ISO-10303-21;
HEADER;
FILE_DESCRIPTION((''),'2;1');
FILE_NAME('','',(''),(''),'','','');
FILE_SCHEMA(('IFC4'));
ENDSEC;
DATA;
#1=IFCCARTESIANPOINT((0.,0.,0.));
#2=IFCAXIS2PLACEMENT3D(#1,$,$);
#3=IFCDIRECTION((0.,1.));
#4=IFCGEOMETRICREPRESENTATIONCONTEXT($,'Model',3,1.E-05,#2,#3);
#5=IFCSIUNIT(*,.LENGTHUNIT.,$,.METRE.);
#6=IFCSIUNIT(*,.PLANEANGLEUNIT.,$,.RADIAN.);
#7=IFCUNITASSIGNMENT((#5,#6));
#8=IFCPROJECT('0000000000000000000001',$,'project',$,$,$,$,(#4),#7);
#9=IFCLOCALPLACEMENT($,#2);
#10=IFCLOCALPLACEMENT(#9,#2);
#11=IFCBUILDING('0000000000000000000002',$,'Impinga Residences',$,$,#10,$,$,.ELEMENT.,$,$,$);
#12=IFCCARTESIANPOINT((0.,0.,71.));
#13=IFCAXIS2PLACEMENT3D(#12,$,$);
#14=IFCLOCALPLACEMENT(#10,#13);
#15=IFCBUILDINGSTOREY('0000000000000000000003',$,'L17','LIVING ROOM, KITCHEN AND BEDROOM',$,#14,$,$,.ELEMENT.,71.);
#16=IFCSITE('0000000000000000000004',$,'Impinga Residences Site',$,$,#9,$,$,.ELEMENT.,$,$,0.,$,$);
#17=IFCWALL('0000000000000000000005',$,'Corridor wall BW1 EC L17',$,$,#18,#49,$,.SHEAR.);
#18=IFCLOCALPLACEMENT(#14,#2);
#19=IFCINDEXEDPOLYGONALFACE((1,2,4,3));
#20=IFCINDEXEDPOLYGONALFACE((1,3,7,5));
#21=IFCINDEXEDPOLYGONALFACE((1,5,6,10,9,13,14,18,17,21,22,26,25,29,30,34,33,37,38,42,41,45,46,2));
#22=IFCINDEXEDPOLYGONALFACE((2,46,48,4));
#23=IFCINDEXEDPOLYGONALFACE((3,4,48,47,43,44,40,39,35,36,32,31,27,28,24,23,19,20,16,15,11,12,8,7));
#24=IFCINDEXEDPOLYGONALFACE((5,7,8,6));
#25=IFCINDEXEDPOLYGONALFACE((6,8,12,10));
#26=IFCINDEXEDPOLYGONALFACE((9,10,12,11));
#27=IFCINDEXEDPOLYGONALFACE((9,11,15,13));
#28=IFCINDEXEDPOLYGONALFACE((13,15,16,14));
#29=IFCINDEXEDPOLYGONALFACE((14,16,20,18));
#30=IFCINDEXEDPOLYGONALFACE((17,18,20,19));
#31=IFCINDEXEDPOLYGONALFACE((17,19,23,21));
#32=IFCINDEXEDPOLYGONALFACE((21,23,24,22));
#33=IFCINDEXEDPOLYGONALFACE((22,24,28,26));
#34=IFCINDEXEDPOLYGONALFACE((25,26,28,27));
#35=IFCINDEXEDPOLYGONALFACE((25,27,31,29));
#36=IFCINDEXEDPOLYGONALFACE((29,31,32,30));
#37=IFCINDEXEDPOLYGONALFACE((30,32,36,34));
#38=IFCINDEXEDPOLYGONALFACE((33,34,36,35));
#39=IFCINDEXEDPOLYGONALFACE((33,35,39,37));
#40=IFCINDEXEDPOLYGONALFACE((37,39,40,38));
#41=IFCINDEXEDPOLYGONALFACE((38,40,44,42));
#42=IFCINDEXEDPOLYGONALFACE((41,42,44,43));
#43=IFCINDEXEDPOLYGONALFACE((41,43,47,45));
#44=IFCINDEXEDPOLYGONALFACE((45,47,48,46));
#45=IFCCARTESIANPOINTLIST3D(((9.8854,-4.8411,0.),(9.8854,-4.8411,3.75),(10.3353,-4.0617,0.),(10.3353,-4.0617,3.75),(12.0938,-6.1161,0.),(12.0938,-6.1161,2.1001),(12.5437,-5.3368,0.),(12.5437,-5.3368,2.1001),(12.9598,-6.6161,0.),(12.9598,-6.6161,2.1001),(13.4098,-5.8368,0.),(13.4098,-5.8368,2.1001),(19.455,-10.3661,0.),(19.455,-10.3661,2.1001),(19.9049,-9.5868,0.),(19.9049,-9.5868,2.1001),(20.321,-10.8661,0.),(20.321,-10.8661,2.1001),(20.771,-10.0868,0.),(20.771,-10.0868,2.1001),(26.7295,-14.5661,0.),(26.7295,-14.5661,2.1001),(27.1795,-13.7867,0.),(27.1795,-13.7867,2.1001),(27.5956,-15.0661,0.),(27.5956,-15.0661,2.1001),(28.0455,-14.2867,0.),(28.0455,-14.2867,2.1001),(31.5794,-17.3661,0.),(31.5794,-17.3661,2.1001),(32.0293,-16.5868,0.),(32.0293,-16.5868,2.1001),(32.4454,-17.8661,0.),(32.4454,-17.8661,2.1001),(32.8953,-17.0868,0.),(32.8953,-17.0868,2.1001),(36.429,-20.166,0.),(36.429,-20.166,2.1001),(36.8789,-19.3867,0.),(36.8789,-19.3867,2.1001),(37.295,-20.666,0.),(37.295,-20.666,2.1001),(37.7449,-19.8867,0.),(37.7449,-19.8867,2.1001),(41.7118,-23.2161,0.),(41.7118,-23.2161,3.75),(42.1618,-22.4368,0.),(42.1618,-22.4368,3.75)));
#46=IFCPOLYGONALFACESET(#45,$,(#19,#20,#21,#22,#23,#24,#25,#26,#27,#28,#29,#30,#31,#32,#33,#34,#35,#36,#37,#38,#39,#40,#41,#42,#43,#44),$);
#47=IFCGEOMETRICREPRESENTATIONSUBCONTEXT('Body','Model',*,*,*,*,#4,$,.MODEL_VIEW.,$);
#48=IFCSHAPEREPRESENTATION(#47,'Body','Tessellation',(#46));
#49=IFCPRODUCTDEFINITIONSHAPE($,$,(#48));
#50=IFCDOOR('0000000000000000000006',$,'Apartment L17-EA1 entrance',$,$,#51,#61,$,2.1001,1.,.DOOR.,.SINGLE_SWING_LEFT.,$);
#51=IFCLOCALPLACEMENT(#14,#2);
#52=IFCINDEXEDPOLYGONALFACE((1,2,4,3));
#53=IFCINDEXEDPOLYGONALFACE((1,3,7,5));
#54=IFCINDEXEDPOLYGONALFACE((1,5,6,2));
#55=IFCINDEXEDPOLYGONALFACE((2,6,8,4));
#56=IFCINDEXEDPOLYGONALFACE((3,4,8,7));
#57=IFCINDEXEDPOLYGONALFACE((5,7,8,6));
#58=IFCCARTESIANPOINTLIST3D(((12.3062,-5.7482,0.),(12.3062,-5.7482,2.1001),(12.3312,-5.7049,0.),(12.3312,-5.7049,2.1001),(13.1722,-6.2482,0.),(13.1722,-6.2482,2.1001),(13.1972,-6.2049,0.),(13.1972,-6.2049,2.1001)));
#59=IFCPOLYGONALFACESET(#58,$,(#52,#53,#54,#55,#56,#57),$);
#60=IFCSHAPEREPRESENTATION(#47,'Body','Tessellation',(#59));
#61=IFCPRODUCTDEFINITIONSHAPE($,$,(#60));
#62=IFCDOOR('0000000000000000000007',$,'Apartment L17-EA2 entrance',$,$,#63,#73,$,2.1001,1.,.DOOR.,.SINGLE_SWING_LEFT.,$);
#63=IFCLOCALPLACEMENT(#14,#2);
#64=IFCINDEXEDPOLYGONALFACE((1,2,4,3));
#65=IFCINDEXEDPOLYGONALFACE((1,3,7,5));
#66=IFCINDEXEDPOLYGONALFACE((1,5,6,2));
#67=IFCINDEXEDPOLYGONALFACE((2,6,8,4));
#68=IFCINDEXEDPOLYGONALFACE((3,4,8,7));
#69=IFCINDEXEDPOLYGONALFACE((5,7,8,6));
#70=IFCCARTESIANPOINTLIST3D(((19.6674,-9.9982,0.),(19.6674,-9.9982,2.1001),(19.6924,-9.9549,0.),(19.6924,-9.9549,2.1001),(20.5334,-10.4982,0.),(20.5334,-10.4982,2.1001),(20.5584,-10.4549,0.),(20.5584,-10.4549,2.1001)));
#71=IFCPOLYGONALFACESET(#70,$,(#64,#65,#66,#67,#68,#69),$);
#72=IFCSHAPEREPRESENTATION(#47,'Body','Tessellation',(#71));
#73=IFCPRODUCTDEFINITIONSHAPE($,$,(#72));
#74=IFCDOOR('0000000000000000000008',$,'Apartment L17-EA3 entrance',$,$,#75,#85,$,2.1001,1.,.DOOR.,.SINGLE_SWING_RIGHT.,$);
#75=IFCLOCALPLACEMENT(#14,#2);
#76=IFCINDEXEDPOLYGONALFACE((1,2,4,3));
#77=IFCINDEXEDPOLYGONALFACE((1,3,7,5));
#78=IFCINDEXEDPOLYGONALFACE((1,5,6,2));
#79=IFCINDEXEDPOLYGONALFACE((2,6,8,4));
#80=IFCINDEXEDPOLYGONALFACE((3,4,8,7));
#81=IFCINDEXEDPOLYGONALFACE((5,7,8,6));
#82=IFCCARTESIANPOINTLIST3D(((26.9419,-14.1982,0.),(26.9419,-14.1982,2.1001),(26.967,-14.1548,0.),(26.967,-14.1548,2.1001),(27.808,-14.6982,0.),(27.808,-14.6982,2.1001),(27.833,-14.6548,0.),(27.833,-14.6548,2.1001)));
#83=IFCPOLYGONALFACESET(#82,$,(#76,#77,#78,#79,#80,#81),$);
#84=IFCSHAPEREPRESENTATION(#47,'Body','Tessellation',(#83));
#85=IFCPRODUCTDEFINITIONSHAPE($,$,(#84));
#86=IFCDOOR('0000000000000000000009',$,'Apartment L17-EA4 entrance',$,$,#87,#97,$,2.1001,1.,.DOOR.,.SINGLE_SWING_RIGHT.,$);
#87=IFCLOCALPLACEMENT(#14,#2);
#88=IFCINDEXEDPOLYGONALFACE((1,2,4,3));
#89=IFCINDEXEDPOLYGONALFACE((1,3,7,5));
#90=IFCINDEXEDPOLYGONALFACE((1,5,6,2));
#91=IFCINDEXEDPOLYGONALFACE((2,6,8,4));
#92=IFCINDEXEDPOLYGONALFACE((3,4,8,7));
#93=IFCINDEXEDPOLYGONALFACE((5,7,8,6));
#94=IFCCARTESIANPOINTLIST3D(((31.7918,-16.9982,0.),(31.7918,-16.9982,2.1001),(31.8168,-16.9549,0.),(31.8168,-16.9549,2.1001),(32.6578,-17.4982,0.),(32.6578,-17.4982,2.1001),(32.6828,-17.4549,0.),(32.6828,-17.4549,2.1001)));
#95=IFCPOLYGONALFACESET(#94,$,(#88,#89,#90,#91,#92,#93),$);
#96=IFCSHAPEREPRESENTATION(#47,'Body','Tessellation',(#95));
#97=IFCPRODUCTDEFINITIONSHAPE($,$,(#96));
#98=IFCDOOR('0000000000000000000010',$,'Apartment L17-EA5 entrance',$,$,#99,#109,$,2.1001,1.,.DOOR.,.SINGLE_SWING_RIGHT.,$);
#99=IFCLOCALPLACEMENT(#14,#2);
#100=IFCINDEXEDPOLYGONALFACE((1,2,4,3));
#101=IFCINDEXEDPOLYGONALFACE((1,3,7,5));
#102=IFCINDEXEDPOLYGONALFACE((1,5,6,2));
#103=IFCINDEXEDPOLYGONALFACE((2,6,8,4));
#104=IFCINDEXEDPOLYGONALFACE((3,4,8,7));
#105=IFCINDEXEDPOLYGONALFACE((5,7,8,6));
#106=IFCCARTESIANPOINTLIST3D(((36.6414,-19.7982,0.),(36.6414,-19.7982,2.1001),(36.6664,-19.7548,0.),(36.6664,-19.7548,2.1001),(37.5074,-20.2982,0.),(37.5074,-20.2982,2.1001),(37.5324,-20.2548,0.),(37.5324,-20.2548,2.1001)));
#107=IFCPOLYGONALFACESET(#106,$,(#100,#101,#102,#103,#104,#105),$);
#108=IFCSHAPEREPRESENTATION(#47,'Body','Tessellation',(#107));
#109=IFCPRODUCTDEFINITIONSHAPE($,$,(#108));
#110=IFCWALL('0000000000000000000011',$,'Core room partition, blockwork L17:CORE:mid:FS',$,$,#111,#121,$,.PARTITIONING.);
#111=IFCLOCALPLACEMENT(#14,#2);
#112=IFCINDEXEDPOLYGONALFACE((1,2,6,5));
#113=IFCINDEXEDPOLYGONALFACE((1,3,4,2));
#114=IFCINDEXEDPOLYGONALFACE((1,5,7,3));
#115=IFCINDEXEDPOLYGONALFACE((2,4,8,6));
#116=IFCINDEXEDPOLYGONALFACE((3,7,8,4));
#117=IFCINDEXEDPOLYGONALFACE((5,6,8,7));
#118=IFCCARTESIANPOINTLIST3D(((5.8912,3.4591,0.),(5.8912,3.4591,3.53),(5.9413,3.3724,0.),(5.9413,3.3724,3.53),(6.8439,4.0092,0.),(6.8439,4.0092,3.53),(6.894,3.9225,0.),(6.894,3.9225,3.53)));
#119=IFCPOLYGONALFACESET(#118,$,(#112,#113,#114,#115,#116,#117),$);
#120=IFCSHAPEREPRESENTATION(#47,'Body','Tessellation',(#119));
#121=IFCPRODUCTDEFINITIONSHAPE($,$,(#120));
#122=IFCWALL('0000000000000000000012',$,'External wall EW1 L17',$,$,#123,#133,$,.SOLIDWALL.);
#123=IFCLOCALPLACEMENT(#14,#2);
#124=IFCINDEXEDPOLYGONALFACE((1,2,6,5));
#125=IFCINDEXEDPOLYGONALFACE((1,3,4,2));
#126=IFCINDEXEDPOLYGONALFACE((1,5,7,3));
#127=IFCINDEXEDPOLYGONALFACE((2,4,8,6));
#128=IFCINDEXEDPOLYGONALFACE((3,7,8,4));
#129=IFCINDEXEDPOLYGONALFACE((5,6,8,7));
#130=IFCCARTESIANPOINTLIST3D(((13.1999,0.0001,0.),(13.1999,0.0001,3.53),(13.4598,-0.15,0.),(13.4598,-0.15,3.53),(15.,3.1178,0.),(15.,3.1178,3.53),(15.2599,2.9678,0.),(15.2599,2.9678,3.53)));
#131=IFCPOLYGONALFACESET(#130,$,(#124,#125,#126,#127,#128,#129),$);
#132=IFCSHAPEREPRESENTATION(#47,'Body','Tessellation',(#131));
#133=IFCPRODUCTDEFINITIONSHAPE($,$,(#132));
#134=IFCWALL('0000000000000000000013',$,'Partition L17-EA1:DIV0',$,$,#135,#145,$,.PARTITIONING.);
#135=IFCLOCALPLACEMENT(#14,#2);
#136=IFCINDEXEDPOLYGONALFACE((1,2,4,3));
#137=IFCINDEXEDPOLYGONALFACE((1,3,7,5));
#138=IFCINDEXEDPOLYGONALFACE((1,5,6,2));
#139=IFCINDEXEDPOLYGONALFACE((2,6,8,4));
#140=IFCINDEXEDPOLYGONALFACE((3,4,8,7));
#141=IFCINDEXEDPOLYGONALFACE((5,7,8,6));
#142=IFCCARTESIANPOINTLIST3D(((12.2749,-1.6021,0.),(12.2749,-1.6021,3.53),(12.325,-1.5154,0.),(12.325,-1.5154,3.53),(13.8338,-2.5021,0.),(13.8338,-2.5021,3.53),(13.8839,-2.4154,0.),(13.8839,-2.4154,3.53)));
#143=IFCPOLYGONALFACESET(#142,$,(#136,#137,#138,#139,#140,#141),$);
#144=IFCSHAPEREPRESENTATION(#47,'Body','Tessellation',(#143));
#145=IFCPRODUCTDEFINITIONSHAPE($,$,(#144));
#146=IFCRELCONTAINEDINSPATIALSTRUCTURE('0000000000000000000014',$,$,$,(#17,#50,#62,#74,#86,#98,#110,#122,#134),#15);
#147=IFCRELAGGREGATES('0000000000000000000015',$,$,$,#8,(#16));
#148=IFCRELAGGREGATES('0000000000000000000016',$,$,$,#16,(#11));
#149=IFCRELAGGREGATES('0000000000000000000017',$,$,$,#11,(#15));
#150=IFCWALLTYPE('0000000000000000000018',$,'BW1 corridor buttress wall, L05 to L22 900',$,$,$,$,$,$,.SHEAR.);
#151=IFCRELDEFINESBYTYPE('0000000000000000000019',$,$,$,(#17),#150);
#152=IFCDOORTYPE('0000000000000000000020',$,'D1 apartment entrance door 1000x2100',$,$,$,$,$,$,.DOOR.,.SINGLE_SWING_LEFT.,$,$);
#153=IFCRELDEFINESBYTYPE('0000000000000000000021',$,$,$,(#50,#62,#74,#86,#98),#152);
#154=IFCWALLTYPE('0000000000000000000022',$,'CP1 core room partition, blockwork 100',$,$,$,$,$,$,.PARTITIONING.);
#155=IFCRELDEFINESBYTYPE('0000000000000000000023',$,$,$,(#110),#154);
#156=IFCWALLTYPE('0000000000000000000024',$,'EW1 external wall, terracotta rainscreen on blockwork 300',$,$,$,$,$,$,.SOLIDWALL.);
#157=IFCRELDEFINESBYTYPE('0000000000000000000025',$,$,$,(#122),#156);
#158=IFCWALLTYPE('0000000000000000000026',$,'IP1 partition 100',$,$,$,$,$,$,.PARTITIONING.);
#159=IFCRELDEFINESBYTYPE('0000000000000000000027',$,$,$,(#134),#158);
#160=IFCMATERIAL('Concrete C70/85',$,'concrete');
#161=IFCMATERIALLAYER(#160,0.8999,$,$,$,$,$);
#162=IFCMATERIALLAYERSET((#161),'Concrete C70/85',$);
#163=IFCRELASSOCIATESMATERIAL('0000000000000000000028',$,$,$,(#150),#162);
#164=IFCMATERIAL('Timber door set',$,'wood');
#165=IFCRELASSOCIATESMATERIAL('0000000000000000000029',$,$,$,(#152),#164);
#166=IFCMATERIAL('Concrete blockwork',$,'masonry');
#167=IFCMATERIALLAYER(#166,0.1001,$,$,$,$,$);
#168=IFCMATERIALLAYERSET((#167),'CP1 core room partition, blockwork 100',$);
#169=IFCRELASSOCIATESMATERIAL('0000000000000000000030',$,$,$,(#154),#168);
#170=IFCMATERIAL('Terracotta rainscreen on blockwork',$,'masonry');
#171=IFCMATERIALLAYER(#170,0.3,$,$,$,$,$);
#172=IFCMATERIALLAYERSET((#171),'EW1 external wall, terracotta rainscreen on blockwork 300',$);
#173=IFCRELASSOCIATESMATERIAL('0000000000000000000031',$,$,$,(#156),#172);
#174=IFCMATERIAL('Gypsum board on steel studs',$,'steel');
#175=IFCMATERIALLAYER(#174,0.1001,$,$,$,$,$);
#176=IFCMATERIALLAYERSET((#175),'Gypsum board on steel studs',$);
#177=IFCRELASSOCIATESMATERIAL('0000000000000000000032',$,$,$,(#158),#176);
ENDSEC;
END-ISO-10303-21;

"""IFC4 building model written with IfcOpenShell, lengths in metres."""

from ifc_helpers import new_model, si_unit, direction, frame, frame_2d, origin, place, context, subcontext, project, spatial, rectangle, extrude, material, layer, layer_set, type_object, element, fill, save


model = new_model("IFC4")

# Units and contexts
model_context = context("Model", 3, precision=1e-05, world=origin(), true_north=direction((0.0, 1.0)))
body_context = subcontext(model_context, "Body", "Model", "MODEL_VIEW")
ifc_project = project(units=[si_unit("LENGTHUNIT", "METRE"), si_unit("PLANEANGLEUNIT", "RADIAN")], contexts=[model_context])

# Site, building, storey
site_placement = place(None, origin())
site = spatial("IfcSite", under=ifc_project, at=site_placement, Name="Impinga Residences Site", CompositionType="ELEMENT", RefElevation=0.0)
building_placement = place(site_placement, origin())
building = spatial("IfcBuilding", under=site, at=building_placement, Name="Impinga Residences", CompositionType="ELEMENT")
storey_placement = place(building_placement, frame((0.0, 0.0, 71.0)))
storey = spatial("IfcBuildingStorey", under=building, at=storey_placement, Name="L17", Description="LIVING ROOM, KITCHEN AND BEDROOM", CompositionType="ELEMENT", Elevation=71.0)

# Wall, openings, doors
ifc_material_1 = material(Name="Concrete C70/85", Category="concrete")
ifc_layer_1 = layer(ifc_material_1, 0.8999)
ifc_layer_set_1 = layer_set([ifc_layer_1], Name="Concrete C70/85")
wall_type_1 = type_object("IfcWallType", Name="BW1 corridor buttress wall, L05 to L22 900", PredefinedType="SHEAR", material=ifc_layer_set_1)
wall_1_placement = place(storey_placement, frame((10.1104, -4.4514, 0.0), z_axis=(0.0, 0.0, 1.0), x_axis=(0.866025, -0.5, 0.0)))
wall_1 = element("IfcWall", 1, at=wall_1_placement, inside=storey, type_object=wall_type_1, Name="Corridor wall BW1 EC L17", PredefinedType="SHEAR", context=body_context, shape_type="SweptSolid", body=[
    extrude(rectangle(XDim=36.75, YDim=0.8999, at=frame_2d((18.375, 0.0))), origin(), (0.0, 0.0, 1.0), 3.75),
])
opening_1_placement = place(wall_1_placement, frame((2.55, 0.0, 0.0)))
opening_1 = element("IfcOpeningElement", 2, at=opening_1_placement, cuts=wall_1, PredefinedType="OPENING", context=body_context, shape_type="SweptSolid", body=[
    extrude(rectangle(XDim=1.0, YDim=2.1001, at=frame_2d((0.5, 1.05))), frame((0.0, 0.46, 0.0), z_axis=(0.0, -1.0, 0.0), x_axis=(1.0, 0.0, 0.0)), (0.0, 0.0, 1.0), 0.9199),
])
opening_2_placement = place(wall_1_placement, frame((11.05, 0.0, 0.0)))
opening_2 = element("IfcOpeningElement", 3, at=opening_2_placement, cuts=wall_1, PredefinedType="OPENING", context=body_context, shape_type="SweptSolid", body=[
    extrude(rectangle(XDim=1.0, YDim=2.1001, at=frame_2d((0.5, 1.05))), frame((0.0, 0.46, 0.0), z_axis=(0.0, -1.0, 0.0), x_axis=(1.0, 0.0, 0.0)), (0.0, 0.0, 1.0), 0.9199),
])
opening_3_placement = place(wall_1_placement, frame((19.45, 0.0, 0.0)))
opening_3 = element("IfcOpeningElement", 4, at=opening_3_placement, cuts=wall_1, PredefinedType="OPENING", context=body_context, shape_type="SweptSolid", body=[
    extrude(rectangle(XDim=1.0, YDim=2.1001, at=frame_2d((0.5, 1.05))), frame((0.0, 0.46, 0.0), z_axis=(0.0, -1.0, 0.0), x_axis=(1.0, 0.0, 0.0)), (0.0, 0.0, 1.0), 0.9199),
])
opening_4_placement = place(wall_1_placement, frame((25.05, 0.0, 0.0)))
opening_4 = element("IfcOpeningElement", 5, at=opening_4_placement, cuts=wall_1, PredefinedType="OPENING", context=body_context, shape_type="SweptSolid", body=[
    extrude(rectangle(XDim=1.0, YDim=2.1001, at=frame_2d((0.5, 1.05))), frame((0.0, 0.46, 0.0), z_axis=(0.0, -1.0, 0.0), x_axis=(1.0, 0.0, 0.0)), (0.0, 0.0, 1.0), 0.9199),
])
opening_5_placement = place(wall_1_placement, frame((30.6499, 0.0, 0.0)))
opening_5 = element("IfcOpeningElement", 6, at=opening_5_placement, cuts=wall_1, PredefinedType="OPENING", context=body_context, shape_type="SweptSolid", body=[
    extrude(rectangle(XDim=1.0, YDim=2.1001, at=frame_2d((0.5, 1.05))), frame((0.0, 0.46, 0.0), z_axis=(0.0, -1.0, 0.0), x_axis=(1.0, 0.0, 0.0)), (0.0, 0.0, 1.0), 0.9199),
])
ifc_material_2 = material(Name="Timber door set", Category="wood")
door_type_1 = type_object("IfcDoorType", Name="D1 apartment entrance door 1000x2100", OperationType="SINGLE_SWING_LEFT", PredefinedType="DOOR", material=ifc_material_2)
door_1_placement = place(opening_1_placement, origin())
door_1 = element("IfcDoor", 7, at=door_1_placement, inside=storey, type_object=door_type_1, Name="Apartment L17-EA1 entrance", OperationType="SINGLE_SWING_LEFT", OverallHeight=2.1001, OverallWidth=1.0, PredefinedType="DOOR", context=body_context, shape_type="SweptSolid", body=[
    extrude(rectangle(XDim=1.0, YDim=2.1001, at=frame_2d((0.5, 1.05))), frame((0.0, 0.0249, 0.0), z_axis=(0.0, -1.0, 0.0), x_axis=(1.0, 0.0, 0.0)), (0.0, 0.0, 1.0), 0.05),
])
fill(opening_1, door_1)
door_2_placement = place(opening_2_placement, origin())
door_2 = element("IfcDoor", 8, at=door_2_placement, inside=storey, type_object=door_type_1, Name="Apartment L17-EA2 entrance", OperationType="SINGLE_SWING_LEFT", OverallHeight=2.1001, OverallWidth=1.0, PredefinedType="DOOR", context=body_context, shape_type="SweptSolid", body=[
    extrude(rectangle(XDim=1.0, YDim=2.1001, at=frame_2d((0.5, 1.05))), frame((0.0, 0.0249, 0.0), z_axis=(0.0, -1.0, 0.0), x_axis=(1.0, 0.0, 0.0)), (0.0, 0.0, 1.0), 0.05),
])
fill(opening_2, door_2)
door_3_placement = place(opening_3_placement, origin())
door_3 = element("IfcDoor", 9, at=door_3_placement, inside=storey, type_object=door_type_1, Name="Apartment L17-EA3 entrance", OperationType="SINGLE_SWING_RIGHT", OverallHeight=2.1001, OverallWidth=1.0, PredefinedType="DOOR", context=body_context, shape_type="SweptSolid", body=[
    extrude(rectangle(XDim=1.0, YDim=2.1001, at=frame_2d((0.5, 1.05))), frame((0.0, 0.0249, 0.0), z_axis=(0.0, -1.0, 0.0), x_axis=(1.0, 0.0, 0.0)), (0.0, 0.0, 1.0), 0.05),
])
fill(opening_3, door_3)
door_4_placement = place(opening_4_placement, origin())
door_4 = element("IfcDoor", 10, at=door_4_placement, inside=storey, type_object=door_type_1, Name="Apartment L17-EA4 entrance", OperationType="SINGLE_SWING_RIGHT", OverallHeight=2.1001, OverallWidth=1.0, PredefinedType="DOOR", context=body_context, shape_type="SweptSolid", body=[
    extrude(rectangle(XDim=1.0, YDim=2.1001, at=frame_2d((0.5, 1.05))), frame((0.0, 0.0249, 0.0), z_axis=(0.0, -1.0, 0.0), x_axis=(1.0, 0.0, 0.0)), (0.0, 0.0, 1.0), 0.05),
])
fill(opening_4, door_4)
door_5_placement = place(opening_5_placement, origin())
door_5 = element("IfcDoor", 11, at=door_5_placement, inside=storey, type_object=door_type_1, Name="Apartment L17-EA5 entrance", OperationType="SINGLE_SWING_RIGHT", OverallHeight=2.1001, OverallWidth=1.0, PredefinedType="DOOR", context=body_context, shape_type="SweptSolid", body=[
    extrude(rectangle(XDim=1.0, YDim=2.1001, at=frame_2d((0.5, 1.05))), frame((0.0, 0.0249, 0.0), z_axis=(0.0, -1.0, 0.0), x_axis=(1.0, 0.0, 0.0)), (0.0, 0.0, 1.0), 0.05),
])
fill(opening_5, door_5)

# Walls
ifc_material_3 = material(Name="Concrete blockwork", Category="masonry")
ifc_layer_2 = layer(ifc_material_3, 0.1001)
ifc_layer_set_2 = layer_set([ifc_layer_2], Name="CP1 core room partition, blockwork 100")
wall_type_2 = type_object("IfcWallType", Name="CP1 core room partition, blockwork 100", PredefinedType="PARTITIONING", material=ifc_layer_set_2)
wall_2_placement = place(storey_placement, frame((5.9163, 3.4158, 0.0), z_axis=(0.0, 0.0, 1.0), x_axis=(0.866008, 0.50003, 0.0)))
element("IfcWall", 12, at=wall_2_placement, inside=storey, type_object=wall_type_2, Name="Core room partition, blockwork L17:CORE:mid:FS", PredefinedType="PARTITIONING", context=body_context, shape_type="SweptSolid", body=[
    extrude(rectangle(XDim=1.1001, YDim=0.1001, at=frame_2d((0.55, 0.0))), origin(), (0.0, 0.0, 1.0), 3.53),
])
ifc_material_4 = material(Name="Terracotta rainscreen on blockwork", Category="masonry")
ifc_layer_3 = layer(ifc_material_4, 0.3)
ifc_layer_set_3 = layer_set([ifc_layer_3], Name="EW1 external wall, terracotta rainscreen on blockwork 300")
wall_type_3 = type_object("IfcWallType", Name="EW1 external wall, terracotta rainscreen on blockwork 300", PredefinedType="SOLIDWALL", material=ifc_layer_set_3)
wall_3_placement = place(storey_placement, frame((13.3298, -0.075, 0.0), z_axis=(0.0, 0.0, 1.0), x_axis=(0.500012, 0.866018, 0.0)))
element("IfcWall", 13, at=wall_3_placement, inside=storey, type_object=wall_type_3, Name="External wall EW1 L17", PredefinedType="SOLIDWALL", context=body_context, shape_type="SweptSolid", body=[
    extrude(rectangle(XDim=3.6001, YDim=0.3, at=frame_2d((1.8, 0.0))), origin(), (0.0, 0.0, 1.0), 3.53),
])
ifc_material_5 = material(Name="Gypsum board on steel studs", Category="steel")
ifc_layer_4 = layer(ifc_material_5, 0.1001)
ifc_layer_set_4 = layer_set([ifc_layer_4], Name="Gypsum board on steel studs")
wall_type_4 = type_object("IfcWallType", Name="IP1 partition 100", PredefinedType="PARTITIONING", material=ifc_layer_set_4)
wall_4_placement = place(storey_placement, frame((12.3, -1.5588, 0.0), z_axis=(0.0, 0.0, 1.0), x_axis=(0.866048, -0.499961, 0.0)))
element("IfcWall", 14, at=wall_4_placement, inside=storey, type_object=wall_type_4, Name="Partition L17-EA1:DIV0", PredefinedType="PARTITIONING", context=body_context, shape_type="SweptSolid", body=[
    extrude(rectangle(XDim=1.8, YDim=0.1001, at=frame_2d((0.8999, 0.0))), origin(), (0.0, 0.0, 1.0), 3.53),
])

save(model, "model.ifc")
